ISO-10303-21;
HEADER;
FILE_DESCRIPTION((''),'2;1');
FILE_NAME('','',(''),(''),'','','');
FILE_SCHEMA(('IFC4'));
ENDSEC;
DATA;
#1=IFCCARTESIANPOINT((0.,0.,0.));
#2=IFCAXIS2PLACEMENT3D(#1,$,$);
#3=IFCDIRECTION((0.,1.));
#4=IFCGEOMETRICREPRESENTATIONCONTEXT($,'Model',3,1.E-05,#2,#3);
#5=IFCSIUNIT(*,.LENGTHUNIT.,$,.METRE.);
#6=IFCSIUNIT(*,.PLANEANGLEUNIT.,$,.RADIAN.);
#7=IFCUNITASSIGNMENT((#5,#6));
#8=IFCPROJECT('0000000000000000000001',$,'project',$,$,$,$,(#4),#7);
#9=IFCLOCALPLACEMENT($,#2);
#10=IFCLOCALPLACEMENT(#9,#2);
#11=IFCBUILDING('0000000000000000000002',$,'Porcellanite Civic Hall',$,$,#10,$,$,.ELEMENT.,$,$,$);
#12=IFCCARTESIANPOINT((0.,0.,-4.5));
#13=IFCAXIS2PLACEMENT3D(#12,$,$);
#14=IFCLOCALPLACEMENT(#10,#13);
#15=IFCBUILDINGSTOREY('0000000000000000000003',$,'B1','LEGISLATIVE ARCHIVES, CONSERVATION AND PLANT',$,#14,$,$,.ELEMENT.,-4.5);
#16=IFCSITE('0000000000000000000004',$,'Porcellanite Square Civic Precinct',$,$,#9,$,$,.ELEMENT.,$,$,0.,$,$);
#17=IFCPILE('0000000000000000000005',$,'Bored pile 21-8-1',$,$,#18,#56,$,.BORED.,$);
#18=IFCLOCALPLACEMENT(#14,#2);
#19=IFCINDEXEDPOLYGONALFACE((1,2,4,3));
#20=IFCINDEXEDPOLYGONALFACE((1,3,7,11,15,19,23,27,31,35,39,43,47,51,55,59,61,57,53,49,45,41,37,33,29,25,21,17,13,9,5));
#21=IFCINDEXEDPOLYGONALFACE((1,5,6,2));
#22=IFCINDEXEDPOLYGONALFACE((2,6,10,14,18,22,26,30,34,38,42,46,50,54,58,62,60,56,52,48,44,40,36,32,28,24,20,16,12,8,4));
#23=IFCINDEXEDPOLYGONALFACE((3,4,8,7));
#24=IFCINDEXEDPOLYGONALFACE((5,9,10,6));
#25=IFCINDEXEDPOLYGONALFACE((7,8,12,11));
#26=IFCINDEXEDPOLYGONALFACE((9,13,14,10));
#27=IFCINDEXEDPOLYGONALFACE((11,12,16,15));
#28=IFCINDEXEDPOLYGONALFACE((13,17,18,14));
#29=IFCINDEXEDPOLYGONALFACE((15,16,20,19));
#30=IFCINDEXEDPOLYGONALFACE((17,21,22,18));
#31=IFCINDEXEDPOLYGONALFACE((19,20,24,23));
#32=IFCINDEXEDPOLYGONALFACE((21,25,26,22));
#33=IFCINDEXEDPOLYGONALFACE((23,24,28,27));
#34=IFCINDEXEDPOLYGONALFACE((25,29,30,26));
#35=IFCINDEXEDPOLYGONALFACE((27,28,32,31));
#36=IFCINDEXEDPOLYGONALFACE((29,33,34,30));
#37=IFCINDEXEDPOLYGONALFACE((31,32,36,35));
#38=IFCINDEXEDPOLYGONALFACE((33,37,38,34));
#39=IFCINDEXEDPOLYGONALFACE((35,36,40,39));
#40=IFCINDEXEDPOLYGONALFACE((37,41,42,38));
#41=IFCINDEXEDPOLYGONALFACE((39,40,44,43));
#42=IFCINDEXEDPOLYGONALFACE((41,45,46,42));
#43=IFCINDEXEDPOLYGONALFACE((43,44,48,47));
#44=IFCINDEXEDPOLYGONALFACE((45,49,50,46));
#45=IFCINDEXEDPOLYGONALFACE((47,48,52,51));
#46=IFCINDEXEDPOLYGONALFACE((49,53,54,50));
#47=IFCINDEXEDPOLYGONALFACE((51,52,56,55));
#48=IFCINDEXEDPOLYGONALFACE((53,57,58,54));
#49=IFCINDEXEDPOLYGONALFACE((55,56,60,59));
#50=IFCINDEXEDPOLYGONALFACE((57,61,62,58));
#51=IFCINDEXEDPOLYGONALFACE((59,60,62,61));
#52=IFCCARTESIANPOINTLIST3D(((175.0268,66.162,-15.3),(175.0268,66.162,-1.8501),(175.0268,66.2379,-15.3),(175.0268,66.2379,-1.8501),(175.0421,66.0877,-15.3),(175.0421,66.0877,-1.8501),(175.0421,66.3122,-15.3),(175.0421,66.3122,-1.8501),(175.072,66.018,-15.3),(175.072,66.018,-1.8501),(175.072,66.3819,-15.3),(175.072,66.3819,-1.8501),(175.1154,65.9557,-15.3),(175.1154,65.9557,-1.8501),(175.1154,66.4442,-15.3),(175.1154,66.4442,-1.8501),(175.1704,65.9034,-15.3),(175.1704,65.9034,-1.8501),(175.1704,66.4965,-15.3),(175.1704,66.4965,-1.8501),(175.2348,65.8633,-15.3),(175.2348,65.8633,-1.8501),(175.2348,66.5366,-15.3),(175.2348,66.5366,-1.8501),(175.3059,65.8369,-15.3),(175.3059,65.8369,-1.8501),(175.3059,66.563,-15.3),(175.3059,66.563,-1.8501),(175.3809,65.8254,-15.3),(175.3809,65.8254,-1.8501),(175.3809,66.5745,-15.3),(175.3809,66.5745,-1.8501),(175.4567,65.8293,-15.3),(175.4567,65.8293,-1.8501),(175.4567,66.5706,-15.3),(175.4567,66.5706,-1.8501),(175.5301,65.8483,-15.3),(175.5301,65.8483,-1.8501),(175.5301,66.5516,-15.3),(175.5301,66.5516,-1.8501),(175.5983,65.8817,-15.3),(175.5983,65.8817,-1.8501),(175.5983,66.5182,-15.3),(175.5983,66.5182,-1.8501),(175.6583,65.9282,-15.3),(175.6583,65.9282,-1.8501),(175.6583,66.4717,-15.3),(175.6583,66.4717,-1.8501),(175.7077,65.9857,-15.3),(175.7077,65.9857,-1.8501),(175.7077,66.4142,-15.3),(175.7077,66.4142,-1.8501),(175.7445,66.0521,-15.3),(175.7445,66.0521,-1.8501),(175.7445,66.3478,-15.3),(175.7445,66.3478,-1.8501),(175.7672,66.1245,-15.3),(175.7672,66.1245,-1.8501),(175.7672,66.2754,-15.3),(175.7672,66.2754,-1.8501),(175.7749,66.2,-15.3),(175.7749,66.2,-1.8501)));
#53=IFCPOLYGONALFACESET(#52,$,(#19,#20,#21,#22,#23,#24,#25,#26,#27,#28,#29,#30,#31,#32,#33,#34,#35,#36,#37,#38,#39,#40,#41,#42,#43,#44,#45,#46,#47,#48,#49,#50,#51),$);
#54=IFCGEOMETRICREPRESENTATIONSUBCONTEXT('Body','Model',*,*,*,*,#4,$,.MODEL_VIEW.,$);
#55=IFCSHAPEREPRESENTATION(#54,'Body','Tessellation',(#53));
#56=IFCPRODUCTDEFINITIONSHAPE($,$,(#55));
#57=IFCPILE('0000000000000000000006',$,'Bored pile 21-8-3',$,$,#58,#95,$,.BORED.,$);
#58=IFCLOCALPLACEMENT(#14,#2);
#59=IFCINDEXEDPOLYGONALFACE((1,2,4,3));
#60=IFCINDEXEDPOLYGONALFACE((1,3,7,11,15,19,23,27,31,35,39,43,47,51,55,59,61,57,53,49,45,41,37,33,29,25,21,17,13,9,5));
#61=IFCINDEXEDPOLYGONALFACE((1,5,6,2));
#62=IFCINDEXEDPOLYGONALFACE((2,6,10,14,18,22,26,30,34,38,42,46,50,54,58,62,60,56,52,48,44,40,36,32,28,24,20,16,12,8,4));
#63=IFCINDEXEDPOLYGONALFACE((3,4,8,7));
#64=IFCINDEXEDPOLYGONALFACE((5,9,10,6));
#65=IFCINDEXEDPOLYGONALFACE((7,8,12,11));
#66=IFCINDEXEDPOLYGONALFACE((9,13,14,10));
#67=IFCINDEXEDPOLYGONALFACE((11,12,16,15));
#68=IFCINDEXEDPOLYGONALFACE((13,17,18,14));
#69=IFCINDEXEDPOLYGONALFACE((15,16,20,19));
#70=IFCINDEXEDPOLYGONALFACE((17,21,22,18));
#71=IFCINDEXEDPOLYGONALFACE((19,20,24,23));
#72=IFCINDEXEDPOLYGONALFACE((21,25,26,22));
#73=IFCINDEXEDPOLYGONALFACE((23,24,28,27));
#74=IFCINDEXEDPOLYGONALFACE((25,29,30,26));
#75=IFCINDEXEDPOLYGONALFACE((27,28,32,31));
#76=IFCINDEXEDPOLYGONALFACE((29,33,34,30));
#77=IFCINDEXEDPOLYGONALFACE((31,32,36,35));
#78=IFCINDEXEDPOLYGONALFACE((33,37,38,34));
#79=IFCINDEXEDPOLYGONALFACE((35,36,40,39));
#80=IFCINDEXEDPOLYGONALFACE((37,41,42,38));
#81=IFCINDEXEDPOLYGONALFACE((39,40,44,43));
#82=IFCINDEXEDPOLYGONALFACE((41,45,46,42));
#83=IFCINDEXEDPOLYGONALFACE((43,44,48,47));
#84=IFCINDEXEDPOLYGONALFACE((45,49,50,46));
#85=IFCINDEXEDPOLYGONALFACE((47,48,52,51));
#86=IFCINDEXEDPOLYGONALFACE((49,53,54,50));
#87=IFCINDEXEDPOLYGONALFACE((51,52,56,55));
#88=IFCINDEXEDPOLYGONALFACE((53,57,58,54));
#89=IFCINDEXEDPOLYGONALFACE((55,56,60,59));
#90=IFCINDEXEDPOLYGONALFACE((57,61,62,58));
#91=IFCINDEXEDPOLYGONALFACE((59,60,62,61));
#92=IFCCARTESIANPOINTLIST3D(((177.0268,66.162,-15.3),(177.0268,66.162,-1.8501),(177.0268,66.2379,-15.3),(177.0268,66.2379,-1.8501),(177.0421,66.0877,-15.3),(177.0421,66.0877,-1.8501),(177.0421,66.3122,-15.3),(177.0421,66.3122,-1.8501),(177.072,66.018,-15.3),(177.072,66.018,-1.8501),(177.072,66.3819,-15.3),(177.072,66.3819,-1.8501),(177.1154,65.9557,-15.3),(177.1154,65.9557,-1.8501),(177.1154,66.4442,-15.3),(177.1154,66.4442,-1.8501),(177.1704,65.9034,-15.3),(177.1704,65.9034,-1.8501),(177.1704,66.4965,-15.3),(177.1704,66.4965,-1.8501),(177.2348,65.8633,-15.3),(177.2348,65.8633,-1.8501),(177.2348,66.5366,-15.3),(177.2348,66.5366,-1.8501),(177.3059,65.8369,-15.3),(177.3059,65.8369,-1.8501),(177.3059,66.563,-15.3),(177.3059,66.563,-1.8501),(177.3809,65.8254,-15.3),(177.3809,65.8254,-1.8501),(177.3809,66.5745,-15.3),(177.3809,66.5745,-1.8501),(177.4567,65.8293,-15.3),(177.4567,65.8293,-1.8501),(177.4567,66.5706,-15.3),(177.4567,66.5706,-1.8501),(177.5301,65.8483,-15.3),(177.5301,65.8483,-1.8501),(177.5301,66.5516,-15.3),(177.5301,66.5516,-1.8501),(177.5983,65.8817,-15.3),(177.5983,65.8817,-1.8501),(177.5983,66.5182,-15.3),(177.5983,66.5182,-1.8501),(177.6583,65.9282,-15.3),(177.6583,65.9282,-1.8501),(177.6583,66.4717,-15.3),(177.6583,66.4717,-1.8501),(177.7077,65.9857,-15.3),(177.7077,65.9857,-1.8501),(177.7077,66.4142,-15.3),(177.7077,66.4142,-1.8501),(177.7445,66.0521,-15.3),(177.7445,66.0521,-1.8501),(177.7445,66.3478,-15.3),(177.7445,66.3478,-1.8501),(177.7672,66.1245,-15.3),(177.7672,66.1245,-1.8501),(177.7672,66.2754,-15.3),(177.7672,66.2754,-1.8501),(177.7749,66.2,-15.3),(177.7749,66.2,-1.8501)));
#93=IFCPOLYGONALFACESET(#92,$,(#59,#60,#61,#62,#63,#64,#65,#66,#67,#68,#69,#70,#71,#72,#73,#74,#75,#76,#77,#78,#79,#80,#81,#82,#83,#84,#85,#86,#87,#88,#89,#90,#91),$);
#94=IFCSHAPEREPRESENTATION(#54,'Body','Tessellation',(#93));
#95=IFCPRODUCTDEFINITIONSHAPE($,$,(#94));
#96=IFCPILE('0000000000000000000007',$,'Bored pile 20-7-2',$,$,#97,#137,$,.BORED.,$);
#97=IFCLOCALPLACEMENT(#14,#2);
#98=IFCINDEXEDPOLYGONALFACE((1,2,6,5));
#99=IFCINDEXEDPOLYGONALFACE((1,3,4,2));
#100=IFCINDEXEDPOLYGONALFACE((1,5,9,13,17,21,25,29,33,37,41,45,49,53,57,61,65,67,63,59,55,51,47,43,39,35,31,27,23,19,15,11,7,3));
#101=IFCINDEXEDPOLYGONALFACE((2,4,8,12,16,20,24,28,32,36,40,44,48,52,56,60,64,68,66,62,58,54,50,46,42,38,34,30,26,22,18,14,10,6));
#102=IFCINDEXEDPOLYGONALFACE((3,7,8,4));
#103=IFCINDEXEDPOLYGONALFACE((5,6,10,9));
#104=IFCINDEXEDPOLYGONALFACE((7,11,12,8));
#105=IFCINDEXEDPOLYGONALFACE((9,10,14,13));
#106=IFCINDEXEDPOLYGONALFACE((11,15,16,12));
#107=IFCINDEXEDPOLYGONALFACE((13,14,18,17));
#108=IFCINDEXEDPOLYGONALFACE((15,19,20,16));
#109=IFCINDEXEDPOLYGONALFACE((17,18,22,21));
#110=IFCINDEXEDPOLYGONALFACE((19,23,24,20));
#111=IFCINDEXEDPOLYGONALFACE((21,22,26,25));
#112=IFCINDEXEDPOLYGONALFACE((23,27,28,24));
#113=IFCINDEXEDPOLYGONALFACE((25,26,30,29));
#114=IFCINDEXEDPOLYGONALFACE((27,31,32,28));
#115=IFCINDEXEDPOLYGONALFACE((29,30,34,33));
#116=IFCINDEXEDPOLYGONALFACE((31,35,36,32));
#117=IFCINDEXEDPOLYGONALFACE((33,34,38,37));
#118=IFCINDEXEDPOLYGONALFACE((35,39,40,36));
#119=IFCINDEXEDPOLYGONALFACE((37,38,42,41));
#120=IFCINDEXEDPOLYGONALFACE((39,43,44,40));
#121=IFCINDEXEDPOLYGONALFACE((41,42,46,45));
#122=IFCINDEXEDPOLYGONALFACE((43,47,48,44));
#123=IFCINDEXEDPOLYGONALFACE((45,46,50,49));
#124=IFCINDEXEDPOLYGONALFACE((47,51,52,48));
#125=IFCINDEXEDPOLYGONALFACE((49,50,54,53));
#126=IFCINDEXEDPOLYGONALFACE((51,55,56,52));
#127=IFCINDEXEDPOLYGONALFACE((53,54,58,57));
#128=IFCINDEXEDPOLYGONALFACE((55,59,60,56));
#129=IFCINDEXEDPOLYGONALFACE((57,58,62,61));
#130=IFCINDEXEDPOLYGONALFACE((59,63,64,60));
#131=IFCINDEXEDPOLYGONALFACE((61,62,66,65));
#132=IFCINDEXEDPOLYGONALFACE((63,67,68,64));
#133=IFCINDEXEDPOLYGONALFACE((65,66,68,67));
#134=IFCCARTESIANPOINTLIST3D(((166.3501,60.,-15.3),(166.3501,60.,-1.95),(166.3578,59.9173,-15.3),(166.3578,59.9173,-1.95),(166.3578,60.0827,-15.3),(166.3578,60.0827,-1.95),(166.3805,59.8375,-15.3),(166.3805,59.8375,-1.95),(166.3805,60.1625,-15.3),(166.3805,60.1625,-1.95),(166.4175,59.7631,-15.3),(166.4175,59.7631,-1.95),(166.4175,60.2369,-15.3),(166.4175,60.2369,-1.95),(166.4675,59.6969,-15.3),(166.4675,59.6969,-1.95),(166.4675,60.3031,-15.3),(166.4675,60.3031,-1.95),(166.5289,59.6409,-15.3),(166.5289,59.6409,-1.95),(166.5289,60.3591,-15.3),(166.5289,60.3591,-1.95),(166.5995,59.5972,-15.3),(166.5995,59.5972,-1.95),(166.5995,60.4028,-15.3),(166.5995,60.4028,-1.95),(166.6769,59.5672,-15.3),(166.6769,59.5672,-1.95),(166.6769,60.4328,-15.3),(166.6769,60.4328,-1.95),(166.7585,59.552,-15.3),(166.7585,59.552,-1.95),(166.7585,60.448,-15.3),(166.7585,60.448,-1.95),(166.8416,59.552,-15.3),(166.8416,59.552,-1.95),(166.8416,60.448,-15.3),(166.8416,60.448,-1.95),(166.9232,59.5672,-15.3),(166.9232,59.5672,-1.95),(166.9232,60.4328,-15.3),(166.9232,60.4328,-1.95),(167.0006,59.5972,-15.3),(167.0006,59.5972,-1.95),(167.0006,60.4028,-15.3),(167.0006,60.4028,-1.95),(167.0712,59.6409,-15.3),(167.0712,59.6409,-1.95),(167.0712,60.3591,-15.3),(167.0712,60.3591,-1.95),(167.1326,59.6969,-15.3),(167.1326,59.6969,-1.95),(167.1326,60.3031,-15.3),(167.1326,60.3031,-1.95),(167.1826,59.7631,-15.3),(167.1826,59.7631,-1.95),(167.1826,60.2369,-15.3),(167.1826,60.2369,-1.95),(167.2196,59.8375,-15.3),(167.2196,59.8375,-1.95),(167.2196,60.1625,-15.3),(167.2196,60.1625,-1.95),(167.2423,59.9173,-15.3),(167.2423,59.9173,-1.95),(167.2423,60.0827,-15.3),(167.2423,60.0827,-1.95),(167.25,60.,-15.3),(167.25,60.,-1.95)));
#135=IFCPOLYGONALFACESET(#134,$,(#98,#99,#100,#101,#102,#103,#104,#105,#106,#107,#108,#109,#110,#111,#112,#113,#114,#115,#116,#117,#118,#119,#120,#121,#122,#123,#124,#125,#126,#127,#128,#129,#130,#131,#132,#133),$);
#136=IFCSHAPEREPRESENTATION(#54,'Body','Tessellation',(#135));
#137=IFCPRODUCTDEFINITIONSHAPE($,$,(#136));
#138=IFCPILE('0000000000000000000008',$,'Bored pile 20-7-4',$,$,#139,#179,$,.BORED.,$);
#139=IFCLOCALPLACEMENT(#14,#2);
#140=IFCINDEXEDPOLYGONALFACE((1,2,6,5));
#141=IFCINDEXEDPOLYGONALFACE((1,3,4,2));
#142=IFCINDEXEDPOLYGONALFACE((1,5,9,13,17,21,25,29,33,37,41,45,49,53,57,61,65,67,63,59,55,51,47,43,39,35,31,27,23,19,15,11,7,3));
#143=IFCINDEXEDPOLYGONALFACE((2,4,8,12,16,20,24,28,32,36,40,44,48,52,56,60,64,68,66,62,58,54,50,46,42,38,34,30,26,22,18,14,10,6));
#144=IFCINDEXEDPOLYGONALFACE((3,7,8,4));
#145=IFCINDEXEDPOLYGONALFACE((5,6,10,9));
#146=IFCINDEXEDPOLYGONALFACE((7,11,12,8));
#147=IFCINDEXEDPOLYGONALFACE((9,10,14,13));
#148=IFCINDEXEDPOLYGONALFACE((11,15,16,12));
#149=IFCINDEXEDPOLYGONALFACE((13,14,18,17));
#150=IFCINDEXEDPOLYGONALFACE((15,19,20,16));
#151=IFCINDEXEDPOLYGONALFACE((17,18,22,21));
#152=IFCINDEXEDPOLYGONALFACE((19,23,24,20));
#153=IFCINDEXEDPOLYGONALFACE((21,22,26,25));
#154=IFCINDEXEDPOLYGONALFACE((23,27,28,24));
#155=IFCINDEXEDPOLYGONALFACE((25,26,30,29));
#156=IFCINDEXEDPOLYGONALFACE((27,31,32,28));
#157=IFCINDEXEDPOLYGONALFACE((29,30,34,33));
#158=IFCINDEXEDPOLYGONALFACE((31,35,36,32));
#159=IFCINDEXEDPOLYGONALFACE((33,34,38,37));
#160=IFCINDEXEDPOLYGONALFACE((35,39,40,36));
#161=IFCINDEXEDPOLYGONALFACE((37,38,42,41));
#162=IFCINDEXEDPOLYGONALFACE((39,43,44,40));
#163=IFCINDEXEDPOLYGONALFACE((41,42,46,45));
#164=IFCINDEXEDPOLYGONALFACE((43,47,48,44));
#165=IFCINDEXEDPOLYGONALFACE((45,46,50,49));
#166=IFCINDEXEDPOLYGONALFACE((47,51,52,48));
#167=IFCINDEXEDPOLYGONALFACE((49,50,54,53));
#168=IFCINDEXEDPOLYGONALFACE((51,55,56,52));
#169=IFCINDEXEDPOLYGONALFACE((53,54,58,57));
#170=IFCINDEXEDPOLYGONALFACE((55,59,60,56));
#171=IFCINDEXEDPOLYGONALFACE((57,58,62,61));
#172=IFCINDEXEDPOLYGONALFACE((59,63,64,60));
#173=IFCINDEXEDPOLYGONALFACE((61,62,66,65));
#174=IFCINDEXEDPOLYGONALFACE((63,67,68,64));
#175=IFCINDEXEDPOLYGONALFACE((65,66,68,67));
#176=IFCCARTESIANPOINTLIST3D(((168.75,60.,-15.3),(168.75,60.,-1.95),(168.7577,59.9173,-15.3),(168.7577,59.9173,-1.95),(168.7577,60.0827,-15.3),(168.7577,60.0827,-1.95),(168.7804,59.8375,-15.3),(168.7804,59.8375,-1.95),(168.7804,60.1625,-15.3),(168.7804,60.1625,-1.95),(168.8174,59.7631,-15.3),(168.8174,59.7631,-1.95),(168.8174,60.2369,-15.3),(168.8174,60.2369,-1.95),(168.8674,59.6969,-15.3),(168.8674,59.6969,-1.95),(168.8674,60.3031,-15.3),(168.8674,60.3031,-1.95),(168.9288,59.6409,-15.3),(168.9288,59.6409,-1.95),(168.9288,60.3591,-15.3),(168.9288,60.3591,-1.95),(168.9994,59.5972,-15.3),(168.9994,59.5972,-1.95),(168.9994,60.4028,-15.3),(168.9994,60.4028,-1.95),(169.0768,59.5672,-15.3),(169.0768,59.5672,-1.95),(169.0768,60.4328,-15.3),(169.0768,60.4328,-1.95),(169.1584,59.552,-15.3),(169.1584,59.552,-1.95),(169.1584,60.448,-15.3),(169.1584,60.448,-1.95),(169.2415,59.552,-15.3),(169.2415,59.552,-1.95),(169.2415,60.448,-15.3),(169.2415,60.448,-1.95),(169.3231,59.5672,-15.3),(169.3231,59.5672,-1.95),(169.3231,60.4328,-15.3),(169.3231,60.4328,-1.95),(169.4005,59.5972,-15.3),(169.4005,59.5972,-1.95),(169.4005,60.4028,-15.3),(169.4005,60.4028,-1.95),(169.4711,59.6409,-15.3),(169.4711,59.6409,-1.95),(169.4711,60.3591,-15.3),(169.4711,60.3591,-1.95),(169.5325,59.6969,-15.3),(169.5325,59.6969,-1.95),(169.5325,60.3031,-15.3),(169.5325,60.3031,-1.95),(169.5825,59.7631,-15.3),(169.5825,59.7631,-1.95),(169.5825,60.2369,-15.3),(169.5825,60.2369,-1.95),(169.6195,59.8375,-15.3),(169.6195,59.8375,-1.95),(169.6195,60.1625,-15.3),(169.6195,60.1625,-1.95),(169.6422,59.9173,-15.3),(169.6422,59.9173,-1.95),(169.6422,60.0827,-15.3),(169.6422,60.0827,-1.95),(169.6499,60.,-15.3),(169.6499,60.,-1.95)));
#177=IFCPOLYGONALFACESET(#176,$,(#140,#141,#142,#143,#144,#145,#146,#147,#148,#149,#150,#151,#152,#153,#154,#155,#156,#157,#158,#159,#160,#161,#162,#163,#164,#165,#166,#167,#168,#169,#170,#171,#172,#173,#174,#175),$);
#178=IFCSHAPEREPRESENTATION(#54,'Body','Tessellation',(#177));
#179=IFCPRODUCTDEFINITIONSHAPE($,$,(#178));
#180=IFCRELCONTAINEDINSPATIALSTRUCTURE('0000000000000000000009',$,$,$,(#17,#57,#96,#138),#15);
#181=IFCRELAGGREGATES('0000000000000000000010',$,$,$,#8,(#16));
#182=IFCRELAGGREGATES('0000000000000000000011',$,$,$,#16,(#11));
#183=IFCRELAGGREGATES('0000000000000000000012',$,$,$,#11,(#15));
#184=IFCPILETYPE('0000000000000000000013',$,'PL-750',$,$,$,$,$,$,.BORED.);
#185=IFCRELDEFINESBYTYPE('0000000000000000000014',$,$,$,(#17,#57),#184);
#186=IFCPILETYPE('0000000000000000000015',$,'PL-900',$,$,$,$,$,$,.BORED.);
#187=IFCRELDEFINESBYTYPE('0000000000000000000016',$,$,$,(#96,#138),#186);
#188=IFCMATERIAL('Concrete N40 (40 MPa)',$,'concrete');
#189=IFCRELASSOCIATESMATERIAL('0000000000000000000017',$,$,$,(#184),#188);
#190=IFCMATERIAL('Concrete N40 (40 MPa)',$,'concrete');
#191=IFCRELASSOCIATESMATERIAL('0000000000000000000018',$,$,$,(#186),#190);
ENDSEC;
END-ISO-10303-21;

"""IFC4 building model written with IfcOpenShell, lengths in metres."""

from ifc_helpers import new_model, si_unit, direction, frame, origin, origin_2d, place, context, subcontext, project, spatial, circle, extrude, material, material_profile, profile_set, type_object, element, save


model = new_model("IFC4")

# Units and contexts
model_context = context("Model", 3, precision=1e-05, world=origin(), true_north=direction((0.0, 1.0)))
body_context = subcontext(model_context, "Body", "Model", "MODEL_VIEW")
ifc_project = project(units=[si_unit("LENGTHUNIT", "METRE"), si_unit("PLANEANGLEUNIT", "RADIAN")], contexts=[model_context])

# Site, building, storey
site_placement = place(None, origin())
site = spatial("IfcSite", under=ifc_project, at=site_placement, Name="Porcellanite Square Civic Precinct", CompositionType="ELEMENT", RefElevation=0.0)
building_placement = place(site_placement, origin())
building = spatial("IfcBuilding", under=site, at=building_placement, Name="Porcellanite Civic Hall", CompositionType="ELEMENT")
storey_placement = place(building_placement, frame((0.0, 0.0, -4.5)))
storey = spatial("IfcBuildingStorey", under=building, at=storey_placement, Name="B1", Description="LEGISLATIVE ARCHIVES, CONSERVATION AND PLANT", CompositionType="ELEMENT", Elevation=-4.5)

# Piles
ifc_material_1 = material(Name="Concrete N40 (40 MPa)", Category="concrete")
ifc_material_profile_1 = material_profile(ifc_material_1, circle(Radius=0.375, at=origin_2d()), Name="PILE-D750")
ifc_profile_set_1 = profile_set([ifc_material_profile_1], Name="Concrete N40 (40 MPa)")
pile_type_1 = type_object("IfcPileType", Name="PL-750", PredefinedType="BORED", material=ifc_profile_set_1)
for number, where, z_axis, x_axis, name in (
    (1, (175.3999, 66.2, -1.8501), (0.0, 0.0, -1.0), (1.0, 0.0, 0.0), "Bored pile 21-8-1"),
    (2, (177.3999, 66.2, -1.8501), (0.0, 0.0, -1.0), (1.0, 0.0, 0.0), "Bored pile 21-8-3"),
):
    element("IfcPile", number, at=place(storey_placement, frame(where, z_axis=z_axis, x_axis=x_axis)), inside=storey, type_object=pile_type_1, Name=name, PredefinedType="BORED", context=body_context, shape_type="SweptSolid", body=[
        extrude(circle(Radius=0.375, at=origin_2d()), origin(), (0.0, 0.0, 1.0), 13.45),
    ])
ifc_material_2 = material(Name="Concrete N40 (40 MPa)", Category="concrete")
ifc_material_profile_2 = material_profile(ifc_material_2, circle(Radius=0.45, at=origin_2d()), Name="PILE-D900")
ifc_profile_set_2 = profile_set([ifc_material_profile_2], Name="Concrete N40 (40 MPa)")
pile_type_2 = type_object("IfcPileType", Name="PL-900", PredefinedType="BORED", material=ifc_profile_set_2)
for number, where, z_axis, x_axis, name in (
    (3, (166.8, 60.0, -1.95), (0.0, 0.0, -1.0), (1.0, 0.0, 0.0), "Bored pile 20-7-2"),
    (4, (169.2, 60.0, -1.95), (0.0, 0.0, -1.0), (1.0, 0.0, 0.0), "Bored pile 20-7-4"),
):
    element("IfcPile", number, at=place(storey_placement, frame(where, z_axis=z_axis, x_axis=x_axis)), inside=storey, type_object=pile_type_2, Name=name, PredefinedType="BORED", context=body_context, shape_type="SweptSolid", body=[
        extrude(circle(Radius=0.45, at=origin_2d()), origin(), (0.0, 0.0, 1.0), 13.3501),
    ])

save(model, "model.ifc")
